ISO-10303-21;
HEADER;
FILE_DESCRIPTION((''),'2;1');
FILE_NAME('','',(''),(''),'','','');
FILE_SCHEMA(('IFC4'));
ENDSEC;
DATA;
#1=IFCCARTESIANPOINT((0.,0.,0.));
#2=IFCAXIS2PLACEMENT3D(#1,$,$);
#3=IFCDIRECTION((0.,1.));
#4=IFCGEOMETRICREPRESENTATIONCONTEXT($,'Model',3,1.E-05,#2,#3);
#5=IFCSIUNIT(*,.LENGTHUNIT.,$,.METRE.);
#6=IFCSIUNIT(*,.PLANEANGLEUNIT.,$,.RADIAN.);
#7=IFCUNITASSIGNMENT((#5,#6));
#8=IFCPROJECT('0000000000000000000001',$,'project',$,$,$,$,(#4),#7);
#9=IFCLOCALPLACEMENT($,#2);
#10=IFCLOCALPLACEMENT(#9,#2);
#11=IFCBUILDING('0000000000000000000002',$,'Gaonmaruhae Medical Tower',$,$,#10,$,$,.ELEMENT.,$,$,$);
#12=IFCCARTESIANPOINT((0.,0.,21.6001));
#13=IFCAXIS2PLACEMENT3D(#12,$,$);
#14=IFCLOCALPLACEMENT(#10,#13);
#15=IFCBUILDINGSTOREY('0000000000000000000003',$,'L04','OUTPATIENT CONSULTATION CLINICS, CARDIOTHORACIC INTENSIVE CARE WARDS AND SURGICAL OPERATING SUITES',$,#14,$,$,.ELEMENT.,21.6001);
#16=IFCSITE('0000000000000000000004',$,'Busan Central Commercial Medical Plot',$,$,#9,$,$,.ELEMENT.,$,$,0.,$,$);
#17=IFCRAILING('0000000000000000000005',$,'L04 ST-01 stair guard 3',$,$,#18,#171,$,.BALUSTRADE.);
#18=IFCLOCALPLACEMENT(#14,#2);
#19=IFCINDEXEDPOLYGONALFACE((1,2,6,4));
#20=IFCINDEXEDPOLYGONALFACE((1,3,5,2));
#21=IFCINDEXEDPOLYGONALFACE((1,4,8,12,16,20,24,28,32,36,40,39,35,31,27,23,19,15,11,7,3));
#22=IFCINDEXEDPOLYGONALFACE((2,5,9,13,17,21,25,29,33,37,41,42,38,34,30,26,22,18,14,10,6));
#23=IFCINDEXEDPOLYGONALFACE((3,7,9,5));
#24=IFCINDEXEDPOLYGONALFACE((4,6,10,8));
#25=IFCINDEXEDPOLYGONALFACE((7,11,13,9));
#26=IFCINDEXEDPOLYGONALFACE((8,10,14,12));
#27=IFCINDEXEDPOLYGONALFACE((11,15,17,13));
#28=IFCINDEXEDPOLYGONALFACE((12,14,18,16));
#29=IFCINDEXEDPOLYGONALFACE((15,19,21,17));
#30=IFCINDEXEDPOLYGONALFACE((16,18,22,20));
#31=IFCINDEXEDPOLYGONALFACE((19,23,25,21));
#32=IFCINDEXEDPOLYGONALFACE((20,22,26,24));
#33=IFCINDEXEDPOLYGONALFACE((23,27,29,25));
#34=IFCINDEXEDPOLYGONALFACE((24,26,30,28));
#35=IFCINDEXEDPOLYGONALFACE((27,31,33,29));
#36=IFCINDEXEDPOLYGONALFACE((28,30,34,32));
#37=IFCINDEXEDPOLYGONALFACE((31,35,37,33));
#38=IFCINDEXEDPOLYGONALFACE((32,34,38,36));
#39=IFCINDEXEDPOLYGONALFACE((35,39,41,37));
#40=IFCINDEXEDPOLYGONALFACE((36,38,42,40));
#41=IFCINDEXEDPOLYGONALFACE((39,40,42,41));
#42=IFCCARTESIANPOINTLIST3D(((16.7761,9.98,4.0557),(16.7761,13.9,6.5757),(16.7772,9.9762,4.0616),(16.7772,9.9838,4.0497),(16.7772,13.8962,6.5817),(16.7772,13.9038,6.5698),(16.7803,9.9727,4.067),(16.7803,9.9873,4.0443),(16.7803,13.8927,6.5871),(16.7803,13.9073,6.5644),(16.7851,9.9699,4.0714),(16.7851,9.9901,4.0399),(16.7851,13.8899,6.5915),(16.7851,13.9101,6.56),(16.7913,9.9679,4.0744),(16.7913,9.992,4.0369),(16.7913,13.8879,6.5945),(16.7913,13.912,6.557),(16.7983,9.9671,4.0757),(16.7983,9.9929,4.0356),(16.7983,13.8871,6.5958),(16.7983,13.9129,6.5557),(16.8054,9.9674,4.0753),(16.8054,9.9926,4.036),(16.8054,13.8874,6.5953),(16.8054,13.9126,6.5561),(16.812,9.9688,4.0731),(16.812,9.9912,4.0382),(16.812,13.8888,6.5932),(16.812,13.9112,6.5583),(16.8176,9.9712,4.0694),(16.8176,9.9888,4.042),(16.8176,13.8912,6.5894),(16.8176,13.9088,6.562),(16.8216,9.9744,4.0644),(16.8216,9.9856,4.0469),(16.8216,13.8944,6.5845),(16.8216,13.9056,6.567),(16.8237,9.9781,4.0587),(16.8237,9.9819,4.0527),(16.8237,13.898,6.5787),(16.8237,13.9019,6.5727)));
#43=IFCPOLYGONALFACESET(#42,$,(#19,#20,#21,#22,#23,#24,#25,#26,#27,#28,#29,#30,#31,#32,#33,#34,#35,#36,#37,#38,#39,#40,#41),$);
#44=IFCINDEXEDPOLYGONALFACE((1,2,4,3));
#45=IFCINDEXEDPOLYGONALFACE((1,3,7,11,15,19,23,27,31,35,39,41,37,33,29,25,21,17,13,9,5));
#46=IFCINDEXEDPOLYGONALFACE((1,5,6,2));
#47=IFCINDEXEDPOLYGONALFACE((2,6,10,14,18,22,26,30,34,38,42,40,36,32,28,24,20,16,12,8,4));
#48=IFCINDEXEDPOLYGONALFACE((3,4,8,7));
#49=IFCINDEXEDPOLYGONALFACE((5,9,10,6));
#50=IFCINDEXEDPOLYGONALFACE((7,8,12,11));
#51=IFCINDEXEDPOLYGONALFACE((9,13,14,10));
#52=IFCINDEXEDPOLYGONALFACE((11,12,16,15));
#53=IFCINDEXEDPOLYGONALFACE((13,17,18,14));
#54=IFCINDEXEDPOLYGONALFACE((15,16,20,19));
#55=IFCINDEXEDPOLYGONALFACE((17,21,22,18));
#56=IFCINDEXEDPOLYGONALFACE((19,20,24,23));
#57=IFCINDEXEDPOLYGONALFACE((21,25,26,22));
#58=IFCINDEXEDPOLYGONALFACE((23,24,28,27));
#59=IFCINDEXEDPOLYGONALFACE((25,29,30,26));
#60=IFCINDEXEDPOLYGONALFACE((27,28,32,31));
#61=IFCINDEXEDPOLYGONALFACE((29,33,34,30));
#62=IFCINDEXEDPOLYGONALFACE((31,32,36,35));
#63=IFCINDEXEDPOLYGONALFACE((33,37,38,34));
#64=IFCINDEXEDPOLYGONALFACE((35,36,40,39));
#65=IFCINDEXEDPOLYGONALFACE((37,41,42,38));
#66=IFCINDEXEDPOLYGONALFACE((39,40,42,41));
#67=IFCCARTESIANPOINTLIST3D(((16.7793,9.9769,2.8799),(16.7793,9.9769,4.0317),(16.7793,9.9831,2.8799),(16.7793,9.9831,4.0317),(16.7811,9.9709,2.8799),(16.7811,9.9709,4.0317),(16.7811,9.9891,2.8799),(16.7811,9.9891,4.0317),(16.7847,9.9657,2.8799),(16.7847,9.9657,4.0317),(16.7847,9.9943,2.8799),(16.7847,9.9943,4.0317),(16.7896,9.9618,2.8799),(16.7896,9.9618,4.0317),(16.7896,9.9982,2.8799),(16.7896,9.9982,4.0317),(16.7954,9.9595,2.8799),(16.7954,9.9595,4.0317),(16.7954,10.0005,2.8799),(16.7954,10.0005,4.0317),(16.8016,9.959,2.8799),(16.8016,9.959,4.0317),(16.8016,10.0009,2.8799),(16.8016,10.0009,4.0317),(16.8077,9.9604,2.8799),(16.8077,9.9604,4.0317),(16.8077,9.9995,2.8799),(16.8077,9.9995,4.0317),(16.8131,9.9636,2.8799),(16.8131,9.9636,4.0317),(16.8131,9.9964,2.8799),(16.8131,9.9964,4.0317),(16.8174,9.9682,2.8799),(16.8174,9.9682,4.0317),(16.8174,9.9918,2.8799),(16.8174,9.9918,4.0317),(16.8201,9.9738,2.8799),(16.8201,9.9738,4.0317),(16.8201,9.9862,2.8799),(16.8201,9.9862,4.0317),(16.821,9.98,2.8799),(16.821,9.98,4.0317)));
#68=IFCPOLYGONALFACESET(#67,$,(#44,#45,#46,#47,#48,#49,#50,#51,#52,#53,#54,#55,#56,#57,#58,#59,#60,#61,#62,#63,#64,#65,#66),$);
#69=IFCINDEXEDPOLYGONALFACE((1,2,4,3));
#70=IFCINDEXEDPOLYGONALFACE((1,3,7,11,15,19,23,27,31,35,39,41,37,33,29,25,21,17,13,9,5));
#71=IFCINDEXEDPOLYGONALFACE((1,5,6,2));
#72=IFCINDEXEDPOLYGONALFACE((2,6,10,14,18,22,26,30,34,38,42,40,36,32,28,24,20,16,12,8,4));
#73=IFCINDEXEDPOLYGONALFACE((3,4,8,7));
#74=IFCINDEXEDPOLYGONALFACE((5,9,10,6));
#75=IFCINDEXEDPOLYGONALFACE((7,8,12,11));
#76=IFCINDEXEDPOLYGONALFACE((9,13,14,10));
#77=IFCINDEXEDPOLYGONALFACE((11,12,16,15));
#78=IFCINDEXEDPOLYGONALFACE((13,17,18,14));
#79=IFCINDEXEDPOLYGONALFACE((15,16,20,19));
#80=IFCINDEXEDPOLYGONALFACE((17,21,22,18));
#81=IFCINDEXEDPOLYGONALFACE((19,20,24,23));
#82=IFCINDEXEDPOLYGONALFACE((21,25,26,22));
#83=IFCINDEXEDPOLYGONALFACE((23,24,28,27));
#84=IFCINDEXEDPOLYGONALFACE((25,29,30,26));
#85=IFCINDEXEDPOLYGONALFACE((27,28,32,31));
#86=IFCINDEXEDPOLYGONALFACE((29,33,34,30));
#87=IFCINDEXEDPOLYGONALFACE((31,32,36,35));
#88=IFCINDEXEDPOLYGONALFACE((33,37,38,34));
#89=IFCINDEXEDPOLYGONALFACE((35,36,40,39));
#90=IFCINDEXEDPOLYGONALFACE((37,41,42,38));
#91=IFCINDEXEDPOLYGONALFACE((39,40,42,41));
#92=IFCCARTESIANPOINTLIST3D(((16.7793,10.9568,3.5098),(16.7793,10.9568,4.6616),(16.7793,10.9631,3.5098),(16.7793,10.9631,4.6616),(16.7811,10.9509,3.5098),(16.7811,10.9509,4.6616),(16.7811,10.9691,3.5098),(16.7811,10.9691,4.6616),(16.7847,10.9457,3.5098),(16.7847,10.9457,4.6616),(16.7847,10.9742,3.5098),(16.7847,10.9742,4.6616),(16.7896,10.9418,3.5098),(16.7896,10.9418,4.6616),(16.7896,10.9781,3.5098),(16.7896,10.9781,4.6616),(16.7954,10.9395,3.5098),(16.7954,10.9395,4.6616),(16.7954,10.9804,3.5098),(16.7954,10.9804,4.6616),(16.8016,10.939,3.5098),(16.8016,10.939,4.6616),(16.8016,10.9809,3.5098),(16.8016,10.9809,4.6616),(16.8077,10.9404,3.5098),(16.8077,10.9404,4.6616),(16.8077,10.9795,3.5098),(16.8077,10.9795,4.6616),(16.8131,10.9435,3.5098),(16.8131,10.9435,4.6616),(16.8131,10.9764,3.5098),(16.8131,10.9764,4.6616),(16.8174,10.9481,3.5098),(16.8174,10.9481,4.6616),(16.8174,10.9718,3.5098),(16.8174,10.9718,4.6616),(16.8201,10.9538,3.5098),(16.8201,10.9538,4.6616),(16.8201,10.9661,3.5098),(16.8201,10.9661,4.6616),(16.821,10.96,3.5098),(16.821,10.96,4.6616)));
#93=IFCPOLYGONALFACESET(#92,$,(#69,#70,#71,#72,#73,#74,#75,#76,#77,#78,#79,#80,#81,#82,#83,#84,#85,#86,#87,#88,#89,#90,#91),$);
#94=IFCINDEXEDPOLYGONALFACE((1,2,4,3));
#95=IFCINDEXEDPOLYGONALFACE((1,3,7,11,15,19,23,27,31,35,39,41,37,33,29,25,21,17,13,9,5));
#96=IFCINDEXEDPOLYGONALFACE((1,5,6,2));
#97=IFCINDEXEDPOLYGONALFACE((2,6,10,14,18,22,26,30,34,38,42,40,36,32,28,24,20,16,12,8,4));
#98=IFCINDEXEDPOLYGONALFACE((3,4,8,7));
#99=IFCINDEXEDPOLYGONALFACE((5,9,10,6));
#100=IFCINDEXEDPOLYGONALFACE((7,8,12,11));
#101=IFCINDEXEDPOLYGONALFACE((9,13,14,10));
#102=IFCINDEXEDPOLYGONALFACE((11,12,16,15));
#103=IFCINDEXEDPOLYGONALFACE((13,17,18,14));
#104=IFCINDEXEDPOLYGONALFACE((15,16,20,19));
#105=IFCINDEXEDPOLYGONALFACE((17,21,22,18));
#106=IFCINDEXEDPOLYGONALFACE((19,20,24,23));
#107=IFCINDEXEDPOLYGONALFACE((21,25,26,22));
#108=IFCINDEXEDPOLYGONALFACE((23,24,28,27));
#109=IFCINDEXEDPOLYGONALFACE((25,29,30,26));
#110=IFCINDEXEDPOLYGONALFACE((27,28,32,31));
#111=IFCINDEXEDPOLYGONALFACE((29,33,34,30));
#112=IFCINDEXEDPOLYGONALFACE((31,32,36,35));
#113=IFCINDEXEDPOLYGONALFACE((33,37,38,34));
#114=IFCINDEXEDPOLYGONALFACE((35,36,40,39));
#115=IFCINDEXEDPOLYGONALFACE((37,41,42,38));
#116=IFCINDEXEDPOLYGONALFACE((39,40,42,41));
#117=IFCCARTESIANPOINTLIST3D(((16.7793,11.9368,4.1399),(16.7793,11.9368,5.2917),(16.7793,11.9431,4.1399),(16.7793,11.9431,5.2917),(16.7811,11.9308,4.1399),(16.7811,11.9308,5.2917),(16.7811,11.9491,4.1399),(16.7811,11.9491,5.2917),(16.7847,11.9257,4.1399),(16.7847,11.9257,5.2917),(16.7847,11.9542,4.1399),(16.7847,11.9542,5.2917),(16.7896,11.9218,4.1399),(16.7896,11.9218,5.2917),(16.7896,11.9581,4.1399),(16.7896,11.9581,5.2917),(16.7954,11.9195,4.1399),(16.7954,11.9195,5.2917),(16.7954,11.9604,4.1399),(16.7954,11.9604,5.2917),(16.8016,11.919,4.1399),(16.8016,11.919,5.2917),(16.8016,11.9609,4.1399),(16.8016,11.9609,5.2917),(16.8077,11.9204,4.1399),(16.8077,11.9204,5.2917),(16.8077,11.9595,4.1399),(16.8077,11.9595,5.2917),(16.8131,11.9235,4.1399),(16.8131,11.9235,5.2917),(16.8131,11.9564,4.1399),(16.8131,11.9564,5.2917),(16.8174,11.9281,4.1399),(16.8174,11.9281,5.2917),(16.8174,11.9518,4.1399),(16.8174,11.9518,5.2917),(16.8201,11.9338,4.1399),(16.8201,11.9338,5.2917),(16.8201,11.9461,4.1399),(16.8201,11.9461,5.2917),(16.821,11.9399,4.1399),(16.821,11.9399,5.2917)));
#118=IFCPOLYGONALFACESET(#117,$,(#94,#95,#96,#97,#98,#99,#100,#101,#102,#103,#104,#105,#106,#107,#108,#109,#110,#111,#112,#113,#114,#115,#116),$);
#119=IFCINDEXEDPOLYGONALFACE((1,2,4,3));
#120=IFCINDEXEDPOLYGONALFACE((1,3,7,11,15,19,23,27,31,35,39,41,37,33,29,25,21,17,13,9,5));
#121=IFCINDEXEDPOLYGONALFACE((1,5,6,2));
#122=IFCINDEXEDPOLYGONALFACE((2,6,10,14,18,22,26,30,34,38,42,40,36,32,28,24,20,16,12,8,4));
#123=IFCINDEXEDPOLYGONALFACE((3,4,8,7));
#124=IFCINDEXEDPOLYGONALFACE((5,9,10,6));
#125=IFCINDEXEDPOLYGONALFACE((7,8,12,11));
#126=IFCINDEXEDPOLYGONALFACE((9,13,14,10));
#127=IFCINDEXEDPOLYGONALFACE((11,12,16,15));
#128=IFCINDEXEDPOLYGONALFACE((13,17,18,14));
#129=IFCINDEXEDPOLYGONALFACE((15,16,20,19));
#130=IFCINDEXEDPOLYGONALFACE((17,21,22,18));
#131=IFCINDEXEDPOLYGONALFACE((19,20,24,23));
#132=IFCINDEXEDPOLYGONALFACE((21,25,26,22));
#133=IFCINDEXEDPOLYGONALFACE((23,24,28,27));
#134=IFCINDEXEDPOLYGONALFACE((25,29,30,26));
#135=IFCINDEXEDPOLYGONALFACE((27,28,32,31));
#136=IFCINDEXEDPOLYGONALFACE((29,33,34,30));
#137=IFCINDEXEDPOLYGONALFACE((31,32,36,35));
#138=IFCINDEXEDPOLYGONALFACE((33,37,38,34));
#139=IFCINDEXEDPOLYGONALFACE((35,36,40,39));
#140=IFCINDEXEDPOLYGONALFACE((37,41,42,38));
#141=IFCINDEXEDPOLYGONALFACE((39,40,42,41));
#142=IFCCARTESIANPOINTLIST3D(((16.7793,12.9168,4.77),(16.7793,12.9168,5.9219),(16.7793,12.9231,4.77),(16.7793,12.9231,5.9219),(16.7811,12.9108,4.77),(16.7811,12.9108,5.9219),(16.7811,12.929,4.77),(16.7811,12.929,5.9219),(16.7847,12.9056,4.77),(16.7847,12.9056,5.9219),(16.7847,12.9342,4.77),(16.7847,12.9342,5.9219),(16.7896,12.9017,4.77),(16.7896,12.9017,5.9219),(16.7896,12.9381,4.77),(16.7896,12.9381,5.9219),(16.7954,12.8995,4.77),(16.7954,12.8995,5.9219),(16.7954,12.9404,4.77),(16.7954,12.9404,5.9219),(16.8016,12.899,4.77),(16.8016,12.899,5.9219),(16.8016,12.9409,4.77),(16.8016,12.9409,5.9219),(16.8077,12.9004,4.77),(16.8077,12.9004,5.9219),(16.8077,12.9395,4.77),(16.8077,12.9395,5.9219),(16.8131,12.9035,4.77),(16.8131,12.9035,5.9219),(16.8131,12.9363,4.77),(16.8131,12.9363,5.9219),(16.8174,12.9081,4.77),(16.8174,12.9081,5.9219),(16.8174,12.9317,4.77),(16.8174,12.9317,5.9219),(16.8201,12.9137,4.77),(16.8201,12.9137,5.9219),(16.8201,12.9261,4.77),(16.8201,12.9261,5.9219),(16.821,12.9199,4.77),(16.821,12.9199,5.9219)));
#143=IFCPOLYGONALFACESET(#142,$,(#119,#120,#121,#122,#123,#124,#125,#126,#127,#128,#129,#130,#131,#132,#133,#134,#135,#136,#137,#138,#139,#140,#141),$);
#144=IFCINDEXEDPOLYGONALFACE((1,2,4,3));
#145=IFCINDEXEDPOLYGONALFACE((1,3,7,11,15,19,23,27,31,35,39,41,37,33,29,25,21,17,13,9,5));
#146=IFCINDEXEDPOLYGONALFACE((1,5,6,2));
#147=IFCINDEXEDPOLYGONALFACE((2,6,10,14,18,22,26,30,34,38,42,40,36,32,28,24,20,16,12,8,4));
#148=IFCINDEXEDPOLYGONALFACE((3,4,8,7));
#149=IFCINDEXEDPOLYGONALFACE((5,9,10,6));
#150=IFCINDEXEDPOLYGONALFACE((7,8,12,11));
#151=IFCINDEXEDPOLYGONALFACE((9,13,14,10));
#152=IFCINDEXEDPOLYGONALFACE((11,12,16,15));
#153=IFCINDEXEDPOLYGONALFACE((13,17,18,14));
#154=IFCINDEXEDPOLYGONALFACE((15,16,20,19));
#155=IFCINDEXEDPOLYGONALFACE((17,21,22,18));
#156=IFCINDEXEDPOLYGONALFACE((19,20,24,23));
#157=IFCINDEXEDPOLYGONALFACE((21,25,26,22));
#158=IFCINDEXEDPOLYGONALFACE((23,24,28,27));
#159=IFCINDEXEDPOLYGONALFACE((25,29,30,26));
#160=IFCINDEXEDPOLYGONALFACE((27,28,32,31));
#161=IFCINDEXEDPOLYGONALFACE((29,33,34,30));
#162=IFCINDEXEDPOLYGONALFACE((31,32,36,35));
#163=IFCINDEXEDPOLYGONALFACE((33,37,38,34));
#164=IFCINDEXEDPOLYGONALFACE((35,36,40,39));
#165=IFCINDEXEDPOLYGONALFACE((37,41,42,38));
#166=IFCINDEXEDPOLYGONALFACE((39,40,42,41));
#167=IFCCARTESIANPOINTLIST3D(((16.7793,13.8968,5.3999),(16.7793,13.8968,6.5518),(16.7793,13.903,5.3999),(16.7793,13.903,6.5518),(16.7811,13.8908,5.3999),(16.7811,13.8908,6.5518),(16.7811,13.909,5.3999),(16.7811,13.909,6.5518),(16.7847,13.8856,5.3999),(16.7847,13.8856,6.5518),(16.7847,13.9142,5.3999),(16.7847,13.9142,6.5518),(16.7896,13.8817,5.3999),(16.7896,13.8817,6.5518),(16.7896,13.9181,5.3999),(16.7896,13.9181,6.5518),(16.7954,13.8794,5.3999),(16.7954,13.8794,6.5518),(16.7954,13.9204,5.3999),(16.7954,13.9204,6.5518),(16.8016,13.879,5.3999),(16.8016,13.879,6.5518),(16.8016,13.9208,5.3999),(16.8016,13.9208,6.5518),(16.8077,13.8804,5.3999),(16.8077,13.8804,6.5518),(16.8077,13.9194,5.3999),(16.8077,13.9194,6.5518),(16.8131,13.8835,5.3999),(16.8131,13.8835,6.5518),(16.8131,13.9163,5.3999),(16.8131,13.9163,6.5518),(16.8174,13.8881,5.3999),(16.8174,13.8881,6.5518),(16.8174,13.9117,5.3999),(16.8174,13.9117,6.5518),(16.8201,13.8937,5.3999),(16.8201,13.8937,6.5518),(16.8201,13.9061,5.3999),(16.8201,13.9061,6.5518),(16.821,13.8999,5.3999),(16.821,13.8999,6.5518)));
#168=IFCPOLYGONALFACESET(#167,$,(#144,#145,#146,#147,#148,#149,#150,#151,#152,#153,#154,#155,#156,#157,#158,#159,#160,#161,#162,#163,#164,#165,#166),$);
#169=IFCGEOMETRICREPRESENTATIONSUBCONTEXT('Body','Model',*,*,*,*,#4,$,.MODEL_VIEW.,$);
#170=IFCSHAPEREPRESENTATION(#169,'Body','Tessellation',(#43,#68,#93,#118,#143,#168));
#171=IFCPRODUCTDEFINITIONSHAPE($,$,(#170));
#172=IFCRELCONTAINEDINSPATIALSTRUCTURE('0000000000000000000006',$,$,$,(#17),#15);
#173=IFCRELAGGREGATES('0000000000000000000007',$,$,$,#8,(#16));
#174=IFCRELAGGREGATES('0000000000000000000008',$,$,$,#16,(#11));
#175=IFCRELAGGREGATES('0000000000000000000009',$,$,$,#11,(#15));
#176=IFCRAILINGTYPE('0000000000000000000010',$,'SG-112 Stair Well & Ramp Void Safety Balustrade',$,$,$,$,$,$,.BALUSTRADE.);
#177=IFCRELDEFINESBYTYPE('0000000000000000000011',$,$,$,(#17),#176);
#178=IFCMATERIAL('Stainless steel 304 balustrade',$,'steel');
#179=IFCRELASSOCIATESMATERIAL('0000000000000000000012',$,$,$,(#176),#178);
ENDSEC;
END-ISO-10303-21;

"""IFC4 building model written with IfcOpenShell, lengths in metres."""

from ifc_helpers import new_model, si_unit, direction, frame, origin, origin_2d, place, context, subcontext, project, spatial, circle, extrude, material, type_object, element, save


model = new_model("IFC4")

# Units and contexts
model_context = context("Model", 3, precision=1e-05, world=origin(), true_north=direction((0.0, 1.0)))
body_context = subcontext(model_context, "Body", "Model", "MODEL_VIEW")
ifc_project = project(units=[si_unit("LENGTHUNIT", "METRE"), si_unit("PLANEANGLEUNIT", "RADIAN")], contexts=[model_context])

# Site, building, storey
site_placement = place(None, origin())
site = spatial("IfcSite", under=ifc_project, at=site_placement, Name="Busan Central Commercial Medical Plot", CompositionType="ELEMENT", RefElevation=0.0)
building_placement = place(site_placement, origin())
building = spatial("IfcBuilding", under=site, at=building_placement, Name="Gaonmaruhae Medical Tower", CompositionType="ELEMENT")
storey_placement = place(building_placement, frame((0.0, 0.0, 21.6001)))
storey = spatial("IfcBuildingStorey", under=building, at=storey_placement, Name="L04", Description="OUTPATIENT CONSULTATION CLINICS, CARDIOTHORACIC INTENSIVE CARE WARDS AND SURGICAL OPERATING SUITES", CompositionType="ELEMENT", Elevation=21.6001)

# Railing
ifc_material_1 = material(Name="Stainless steel 304 balustrade", Category="steel")
railing_type_1 = type_object("IfcRailingType", Name="SG-112 Stair Well & Ramp Void Safety Balustrade", PredefinedType="BALUSTRADE", material=ifc_material_1)
railing_1_placement = place(storey_placement, frame((16.8, 9.98, 2.8799)))
element("IfcRailing", 1, at=railing_1_placement, inside=storey, type_object=railing_type_1, Name="L04 ST-01 stair guard 3", PredefinedType="BALUSTRADE", context=body_context, shape_type="SweptSolid", body=[
    extrude(circle(Radius=0.0239, at=origin_2d()), frame((0.0, 0.0, 1.1758), z_axis=(0.0, 0.841172, 0.540768), x_axis=(-1.0, 0.0, 0.0)), (0.0, 0.0, 1.0), 4.6602),
    extrude(circle(Radius=0.021, at=origin_2d()), origin(), (0.0, 0.0, 1.0), 1.1519),
    extrude(circle(Radius=0.021, at=origin_2d()), frame((0.0, 0.98, 0.6299)), (0.0, 0.0, 1.0), 1.1519),
    extrude(circle(Radius=0.021, at=origin_2d()), frame((0.0, 1.96, 1.26)), (0.0, 0.0, 1.0), 1.1519),
    extrude(circle(Radius=0.021, at=origin_2d()), frame((0.0, 2.9399, 1.8901)), (0.0, 0.0, 1.0), 1.1519),
    extrude(circle(Radius=0.021, at=origin_2d()), frame((0.0, 3.9199, 2.52)), (0.0, 0.0, 1.0), 1.1519),
])

save(model, "model.ifc")
